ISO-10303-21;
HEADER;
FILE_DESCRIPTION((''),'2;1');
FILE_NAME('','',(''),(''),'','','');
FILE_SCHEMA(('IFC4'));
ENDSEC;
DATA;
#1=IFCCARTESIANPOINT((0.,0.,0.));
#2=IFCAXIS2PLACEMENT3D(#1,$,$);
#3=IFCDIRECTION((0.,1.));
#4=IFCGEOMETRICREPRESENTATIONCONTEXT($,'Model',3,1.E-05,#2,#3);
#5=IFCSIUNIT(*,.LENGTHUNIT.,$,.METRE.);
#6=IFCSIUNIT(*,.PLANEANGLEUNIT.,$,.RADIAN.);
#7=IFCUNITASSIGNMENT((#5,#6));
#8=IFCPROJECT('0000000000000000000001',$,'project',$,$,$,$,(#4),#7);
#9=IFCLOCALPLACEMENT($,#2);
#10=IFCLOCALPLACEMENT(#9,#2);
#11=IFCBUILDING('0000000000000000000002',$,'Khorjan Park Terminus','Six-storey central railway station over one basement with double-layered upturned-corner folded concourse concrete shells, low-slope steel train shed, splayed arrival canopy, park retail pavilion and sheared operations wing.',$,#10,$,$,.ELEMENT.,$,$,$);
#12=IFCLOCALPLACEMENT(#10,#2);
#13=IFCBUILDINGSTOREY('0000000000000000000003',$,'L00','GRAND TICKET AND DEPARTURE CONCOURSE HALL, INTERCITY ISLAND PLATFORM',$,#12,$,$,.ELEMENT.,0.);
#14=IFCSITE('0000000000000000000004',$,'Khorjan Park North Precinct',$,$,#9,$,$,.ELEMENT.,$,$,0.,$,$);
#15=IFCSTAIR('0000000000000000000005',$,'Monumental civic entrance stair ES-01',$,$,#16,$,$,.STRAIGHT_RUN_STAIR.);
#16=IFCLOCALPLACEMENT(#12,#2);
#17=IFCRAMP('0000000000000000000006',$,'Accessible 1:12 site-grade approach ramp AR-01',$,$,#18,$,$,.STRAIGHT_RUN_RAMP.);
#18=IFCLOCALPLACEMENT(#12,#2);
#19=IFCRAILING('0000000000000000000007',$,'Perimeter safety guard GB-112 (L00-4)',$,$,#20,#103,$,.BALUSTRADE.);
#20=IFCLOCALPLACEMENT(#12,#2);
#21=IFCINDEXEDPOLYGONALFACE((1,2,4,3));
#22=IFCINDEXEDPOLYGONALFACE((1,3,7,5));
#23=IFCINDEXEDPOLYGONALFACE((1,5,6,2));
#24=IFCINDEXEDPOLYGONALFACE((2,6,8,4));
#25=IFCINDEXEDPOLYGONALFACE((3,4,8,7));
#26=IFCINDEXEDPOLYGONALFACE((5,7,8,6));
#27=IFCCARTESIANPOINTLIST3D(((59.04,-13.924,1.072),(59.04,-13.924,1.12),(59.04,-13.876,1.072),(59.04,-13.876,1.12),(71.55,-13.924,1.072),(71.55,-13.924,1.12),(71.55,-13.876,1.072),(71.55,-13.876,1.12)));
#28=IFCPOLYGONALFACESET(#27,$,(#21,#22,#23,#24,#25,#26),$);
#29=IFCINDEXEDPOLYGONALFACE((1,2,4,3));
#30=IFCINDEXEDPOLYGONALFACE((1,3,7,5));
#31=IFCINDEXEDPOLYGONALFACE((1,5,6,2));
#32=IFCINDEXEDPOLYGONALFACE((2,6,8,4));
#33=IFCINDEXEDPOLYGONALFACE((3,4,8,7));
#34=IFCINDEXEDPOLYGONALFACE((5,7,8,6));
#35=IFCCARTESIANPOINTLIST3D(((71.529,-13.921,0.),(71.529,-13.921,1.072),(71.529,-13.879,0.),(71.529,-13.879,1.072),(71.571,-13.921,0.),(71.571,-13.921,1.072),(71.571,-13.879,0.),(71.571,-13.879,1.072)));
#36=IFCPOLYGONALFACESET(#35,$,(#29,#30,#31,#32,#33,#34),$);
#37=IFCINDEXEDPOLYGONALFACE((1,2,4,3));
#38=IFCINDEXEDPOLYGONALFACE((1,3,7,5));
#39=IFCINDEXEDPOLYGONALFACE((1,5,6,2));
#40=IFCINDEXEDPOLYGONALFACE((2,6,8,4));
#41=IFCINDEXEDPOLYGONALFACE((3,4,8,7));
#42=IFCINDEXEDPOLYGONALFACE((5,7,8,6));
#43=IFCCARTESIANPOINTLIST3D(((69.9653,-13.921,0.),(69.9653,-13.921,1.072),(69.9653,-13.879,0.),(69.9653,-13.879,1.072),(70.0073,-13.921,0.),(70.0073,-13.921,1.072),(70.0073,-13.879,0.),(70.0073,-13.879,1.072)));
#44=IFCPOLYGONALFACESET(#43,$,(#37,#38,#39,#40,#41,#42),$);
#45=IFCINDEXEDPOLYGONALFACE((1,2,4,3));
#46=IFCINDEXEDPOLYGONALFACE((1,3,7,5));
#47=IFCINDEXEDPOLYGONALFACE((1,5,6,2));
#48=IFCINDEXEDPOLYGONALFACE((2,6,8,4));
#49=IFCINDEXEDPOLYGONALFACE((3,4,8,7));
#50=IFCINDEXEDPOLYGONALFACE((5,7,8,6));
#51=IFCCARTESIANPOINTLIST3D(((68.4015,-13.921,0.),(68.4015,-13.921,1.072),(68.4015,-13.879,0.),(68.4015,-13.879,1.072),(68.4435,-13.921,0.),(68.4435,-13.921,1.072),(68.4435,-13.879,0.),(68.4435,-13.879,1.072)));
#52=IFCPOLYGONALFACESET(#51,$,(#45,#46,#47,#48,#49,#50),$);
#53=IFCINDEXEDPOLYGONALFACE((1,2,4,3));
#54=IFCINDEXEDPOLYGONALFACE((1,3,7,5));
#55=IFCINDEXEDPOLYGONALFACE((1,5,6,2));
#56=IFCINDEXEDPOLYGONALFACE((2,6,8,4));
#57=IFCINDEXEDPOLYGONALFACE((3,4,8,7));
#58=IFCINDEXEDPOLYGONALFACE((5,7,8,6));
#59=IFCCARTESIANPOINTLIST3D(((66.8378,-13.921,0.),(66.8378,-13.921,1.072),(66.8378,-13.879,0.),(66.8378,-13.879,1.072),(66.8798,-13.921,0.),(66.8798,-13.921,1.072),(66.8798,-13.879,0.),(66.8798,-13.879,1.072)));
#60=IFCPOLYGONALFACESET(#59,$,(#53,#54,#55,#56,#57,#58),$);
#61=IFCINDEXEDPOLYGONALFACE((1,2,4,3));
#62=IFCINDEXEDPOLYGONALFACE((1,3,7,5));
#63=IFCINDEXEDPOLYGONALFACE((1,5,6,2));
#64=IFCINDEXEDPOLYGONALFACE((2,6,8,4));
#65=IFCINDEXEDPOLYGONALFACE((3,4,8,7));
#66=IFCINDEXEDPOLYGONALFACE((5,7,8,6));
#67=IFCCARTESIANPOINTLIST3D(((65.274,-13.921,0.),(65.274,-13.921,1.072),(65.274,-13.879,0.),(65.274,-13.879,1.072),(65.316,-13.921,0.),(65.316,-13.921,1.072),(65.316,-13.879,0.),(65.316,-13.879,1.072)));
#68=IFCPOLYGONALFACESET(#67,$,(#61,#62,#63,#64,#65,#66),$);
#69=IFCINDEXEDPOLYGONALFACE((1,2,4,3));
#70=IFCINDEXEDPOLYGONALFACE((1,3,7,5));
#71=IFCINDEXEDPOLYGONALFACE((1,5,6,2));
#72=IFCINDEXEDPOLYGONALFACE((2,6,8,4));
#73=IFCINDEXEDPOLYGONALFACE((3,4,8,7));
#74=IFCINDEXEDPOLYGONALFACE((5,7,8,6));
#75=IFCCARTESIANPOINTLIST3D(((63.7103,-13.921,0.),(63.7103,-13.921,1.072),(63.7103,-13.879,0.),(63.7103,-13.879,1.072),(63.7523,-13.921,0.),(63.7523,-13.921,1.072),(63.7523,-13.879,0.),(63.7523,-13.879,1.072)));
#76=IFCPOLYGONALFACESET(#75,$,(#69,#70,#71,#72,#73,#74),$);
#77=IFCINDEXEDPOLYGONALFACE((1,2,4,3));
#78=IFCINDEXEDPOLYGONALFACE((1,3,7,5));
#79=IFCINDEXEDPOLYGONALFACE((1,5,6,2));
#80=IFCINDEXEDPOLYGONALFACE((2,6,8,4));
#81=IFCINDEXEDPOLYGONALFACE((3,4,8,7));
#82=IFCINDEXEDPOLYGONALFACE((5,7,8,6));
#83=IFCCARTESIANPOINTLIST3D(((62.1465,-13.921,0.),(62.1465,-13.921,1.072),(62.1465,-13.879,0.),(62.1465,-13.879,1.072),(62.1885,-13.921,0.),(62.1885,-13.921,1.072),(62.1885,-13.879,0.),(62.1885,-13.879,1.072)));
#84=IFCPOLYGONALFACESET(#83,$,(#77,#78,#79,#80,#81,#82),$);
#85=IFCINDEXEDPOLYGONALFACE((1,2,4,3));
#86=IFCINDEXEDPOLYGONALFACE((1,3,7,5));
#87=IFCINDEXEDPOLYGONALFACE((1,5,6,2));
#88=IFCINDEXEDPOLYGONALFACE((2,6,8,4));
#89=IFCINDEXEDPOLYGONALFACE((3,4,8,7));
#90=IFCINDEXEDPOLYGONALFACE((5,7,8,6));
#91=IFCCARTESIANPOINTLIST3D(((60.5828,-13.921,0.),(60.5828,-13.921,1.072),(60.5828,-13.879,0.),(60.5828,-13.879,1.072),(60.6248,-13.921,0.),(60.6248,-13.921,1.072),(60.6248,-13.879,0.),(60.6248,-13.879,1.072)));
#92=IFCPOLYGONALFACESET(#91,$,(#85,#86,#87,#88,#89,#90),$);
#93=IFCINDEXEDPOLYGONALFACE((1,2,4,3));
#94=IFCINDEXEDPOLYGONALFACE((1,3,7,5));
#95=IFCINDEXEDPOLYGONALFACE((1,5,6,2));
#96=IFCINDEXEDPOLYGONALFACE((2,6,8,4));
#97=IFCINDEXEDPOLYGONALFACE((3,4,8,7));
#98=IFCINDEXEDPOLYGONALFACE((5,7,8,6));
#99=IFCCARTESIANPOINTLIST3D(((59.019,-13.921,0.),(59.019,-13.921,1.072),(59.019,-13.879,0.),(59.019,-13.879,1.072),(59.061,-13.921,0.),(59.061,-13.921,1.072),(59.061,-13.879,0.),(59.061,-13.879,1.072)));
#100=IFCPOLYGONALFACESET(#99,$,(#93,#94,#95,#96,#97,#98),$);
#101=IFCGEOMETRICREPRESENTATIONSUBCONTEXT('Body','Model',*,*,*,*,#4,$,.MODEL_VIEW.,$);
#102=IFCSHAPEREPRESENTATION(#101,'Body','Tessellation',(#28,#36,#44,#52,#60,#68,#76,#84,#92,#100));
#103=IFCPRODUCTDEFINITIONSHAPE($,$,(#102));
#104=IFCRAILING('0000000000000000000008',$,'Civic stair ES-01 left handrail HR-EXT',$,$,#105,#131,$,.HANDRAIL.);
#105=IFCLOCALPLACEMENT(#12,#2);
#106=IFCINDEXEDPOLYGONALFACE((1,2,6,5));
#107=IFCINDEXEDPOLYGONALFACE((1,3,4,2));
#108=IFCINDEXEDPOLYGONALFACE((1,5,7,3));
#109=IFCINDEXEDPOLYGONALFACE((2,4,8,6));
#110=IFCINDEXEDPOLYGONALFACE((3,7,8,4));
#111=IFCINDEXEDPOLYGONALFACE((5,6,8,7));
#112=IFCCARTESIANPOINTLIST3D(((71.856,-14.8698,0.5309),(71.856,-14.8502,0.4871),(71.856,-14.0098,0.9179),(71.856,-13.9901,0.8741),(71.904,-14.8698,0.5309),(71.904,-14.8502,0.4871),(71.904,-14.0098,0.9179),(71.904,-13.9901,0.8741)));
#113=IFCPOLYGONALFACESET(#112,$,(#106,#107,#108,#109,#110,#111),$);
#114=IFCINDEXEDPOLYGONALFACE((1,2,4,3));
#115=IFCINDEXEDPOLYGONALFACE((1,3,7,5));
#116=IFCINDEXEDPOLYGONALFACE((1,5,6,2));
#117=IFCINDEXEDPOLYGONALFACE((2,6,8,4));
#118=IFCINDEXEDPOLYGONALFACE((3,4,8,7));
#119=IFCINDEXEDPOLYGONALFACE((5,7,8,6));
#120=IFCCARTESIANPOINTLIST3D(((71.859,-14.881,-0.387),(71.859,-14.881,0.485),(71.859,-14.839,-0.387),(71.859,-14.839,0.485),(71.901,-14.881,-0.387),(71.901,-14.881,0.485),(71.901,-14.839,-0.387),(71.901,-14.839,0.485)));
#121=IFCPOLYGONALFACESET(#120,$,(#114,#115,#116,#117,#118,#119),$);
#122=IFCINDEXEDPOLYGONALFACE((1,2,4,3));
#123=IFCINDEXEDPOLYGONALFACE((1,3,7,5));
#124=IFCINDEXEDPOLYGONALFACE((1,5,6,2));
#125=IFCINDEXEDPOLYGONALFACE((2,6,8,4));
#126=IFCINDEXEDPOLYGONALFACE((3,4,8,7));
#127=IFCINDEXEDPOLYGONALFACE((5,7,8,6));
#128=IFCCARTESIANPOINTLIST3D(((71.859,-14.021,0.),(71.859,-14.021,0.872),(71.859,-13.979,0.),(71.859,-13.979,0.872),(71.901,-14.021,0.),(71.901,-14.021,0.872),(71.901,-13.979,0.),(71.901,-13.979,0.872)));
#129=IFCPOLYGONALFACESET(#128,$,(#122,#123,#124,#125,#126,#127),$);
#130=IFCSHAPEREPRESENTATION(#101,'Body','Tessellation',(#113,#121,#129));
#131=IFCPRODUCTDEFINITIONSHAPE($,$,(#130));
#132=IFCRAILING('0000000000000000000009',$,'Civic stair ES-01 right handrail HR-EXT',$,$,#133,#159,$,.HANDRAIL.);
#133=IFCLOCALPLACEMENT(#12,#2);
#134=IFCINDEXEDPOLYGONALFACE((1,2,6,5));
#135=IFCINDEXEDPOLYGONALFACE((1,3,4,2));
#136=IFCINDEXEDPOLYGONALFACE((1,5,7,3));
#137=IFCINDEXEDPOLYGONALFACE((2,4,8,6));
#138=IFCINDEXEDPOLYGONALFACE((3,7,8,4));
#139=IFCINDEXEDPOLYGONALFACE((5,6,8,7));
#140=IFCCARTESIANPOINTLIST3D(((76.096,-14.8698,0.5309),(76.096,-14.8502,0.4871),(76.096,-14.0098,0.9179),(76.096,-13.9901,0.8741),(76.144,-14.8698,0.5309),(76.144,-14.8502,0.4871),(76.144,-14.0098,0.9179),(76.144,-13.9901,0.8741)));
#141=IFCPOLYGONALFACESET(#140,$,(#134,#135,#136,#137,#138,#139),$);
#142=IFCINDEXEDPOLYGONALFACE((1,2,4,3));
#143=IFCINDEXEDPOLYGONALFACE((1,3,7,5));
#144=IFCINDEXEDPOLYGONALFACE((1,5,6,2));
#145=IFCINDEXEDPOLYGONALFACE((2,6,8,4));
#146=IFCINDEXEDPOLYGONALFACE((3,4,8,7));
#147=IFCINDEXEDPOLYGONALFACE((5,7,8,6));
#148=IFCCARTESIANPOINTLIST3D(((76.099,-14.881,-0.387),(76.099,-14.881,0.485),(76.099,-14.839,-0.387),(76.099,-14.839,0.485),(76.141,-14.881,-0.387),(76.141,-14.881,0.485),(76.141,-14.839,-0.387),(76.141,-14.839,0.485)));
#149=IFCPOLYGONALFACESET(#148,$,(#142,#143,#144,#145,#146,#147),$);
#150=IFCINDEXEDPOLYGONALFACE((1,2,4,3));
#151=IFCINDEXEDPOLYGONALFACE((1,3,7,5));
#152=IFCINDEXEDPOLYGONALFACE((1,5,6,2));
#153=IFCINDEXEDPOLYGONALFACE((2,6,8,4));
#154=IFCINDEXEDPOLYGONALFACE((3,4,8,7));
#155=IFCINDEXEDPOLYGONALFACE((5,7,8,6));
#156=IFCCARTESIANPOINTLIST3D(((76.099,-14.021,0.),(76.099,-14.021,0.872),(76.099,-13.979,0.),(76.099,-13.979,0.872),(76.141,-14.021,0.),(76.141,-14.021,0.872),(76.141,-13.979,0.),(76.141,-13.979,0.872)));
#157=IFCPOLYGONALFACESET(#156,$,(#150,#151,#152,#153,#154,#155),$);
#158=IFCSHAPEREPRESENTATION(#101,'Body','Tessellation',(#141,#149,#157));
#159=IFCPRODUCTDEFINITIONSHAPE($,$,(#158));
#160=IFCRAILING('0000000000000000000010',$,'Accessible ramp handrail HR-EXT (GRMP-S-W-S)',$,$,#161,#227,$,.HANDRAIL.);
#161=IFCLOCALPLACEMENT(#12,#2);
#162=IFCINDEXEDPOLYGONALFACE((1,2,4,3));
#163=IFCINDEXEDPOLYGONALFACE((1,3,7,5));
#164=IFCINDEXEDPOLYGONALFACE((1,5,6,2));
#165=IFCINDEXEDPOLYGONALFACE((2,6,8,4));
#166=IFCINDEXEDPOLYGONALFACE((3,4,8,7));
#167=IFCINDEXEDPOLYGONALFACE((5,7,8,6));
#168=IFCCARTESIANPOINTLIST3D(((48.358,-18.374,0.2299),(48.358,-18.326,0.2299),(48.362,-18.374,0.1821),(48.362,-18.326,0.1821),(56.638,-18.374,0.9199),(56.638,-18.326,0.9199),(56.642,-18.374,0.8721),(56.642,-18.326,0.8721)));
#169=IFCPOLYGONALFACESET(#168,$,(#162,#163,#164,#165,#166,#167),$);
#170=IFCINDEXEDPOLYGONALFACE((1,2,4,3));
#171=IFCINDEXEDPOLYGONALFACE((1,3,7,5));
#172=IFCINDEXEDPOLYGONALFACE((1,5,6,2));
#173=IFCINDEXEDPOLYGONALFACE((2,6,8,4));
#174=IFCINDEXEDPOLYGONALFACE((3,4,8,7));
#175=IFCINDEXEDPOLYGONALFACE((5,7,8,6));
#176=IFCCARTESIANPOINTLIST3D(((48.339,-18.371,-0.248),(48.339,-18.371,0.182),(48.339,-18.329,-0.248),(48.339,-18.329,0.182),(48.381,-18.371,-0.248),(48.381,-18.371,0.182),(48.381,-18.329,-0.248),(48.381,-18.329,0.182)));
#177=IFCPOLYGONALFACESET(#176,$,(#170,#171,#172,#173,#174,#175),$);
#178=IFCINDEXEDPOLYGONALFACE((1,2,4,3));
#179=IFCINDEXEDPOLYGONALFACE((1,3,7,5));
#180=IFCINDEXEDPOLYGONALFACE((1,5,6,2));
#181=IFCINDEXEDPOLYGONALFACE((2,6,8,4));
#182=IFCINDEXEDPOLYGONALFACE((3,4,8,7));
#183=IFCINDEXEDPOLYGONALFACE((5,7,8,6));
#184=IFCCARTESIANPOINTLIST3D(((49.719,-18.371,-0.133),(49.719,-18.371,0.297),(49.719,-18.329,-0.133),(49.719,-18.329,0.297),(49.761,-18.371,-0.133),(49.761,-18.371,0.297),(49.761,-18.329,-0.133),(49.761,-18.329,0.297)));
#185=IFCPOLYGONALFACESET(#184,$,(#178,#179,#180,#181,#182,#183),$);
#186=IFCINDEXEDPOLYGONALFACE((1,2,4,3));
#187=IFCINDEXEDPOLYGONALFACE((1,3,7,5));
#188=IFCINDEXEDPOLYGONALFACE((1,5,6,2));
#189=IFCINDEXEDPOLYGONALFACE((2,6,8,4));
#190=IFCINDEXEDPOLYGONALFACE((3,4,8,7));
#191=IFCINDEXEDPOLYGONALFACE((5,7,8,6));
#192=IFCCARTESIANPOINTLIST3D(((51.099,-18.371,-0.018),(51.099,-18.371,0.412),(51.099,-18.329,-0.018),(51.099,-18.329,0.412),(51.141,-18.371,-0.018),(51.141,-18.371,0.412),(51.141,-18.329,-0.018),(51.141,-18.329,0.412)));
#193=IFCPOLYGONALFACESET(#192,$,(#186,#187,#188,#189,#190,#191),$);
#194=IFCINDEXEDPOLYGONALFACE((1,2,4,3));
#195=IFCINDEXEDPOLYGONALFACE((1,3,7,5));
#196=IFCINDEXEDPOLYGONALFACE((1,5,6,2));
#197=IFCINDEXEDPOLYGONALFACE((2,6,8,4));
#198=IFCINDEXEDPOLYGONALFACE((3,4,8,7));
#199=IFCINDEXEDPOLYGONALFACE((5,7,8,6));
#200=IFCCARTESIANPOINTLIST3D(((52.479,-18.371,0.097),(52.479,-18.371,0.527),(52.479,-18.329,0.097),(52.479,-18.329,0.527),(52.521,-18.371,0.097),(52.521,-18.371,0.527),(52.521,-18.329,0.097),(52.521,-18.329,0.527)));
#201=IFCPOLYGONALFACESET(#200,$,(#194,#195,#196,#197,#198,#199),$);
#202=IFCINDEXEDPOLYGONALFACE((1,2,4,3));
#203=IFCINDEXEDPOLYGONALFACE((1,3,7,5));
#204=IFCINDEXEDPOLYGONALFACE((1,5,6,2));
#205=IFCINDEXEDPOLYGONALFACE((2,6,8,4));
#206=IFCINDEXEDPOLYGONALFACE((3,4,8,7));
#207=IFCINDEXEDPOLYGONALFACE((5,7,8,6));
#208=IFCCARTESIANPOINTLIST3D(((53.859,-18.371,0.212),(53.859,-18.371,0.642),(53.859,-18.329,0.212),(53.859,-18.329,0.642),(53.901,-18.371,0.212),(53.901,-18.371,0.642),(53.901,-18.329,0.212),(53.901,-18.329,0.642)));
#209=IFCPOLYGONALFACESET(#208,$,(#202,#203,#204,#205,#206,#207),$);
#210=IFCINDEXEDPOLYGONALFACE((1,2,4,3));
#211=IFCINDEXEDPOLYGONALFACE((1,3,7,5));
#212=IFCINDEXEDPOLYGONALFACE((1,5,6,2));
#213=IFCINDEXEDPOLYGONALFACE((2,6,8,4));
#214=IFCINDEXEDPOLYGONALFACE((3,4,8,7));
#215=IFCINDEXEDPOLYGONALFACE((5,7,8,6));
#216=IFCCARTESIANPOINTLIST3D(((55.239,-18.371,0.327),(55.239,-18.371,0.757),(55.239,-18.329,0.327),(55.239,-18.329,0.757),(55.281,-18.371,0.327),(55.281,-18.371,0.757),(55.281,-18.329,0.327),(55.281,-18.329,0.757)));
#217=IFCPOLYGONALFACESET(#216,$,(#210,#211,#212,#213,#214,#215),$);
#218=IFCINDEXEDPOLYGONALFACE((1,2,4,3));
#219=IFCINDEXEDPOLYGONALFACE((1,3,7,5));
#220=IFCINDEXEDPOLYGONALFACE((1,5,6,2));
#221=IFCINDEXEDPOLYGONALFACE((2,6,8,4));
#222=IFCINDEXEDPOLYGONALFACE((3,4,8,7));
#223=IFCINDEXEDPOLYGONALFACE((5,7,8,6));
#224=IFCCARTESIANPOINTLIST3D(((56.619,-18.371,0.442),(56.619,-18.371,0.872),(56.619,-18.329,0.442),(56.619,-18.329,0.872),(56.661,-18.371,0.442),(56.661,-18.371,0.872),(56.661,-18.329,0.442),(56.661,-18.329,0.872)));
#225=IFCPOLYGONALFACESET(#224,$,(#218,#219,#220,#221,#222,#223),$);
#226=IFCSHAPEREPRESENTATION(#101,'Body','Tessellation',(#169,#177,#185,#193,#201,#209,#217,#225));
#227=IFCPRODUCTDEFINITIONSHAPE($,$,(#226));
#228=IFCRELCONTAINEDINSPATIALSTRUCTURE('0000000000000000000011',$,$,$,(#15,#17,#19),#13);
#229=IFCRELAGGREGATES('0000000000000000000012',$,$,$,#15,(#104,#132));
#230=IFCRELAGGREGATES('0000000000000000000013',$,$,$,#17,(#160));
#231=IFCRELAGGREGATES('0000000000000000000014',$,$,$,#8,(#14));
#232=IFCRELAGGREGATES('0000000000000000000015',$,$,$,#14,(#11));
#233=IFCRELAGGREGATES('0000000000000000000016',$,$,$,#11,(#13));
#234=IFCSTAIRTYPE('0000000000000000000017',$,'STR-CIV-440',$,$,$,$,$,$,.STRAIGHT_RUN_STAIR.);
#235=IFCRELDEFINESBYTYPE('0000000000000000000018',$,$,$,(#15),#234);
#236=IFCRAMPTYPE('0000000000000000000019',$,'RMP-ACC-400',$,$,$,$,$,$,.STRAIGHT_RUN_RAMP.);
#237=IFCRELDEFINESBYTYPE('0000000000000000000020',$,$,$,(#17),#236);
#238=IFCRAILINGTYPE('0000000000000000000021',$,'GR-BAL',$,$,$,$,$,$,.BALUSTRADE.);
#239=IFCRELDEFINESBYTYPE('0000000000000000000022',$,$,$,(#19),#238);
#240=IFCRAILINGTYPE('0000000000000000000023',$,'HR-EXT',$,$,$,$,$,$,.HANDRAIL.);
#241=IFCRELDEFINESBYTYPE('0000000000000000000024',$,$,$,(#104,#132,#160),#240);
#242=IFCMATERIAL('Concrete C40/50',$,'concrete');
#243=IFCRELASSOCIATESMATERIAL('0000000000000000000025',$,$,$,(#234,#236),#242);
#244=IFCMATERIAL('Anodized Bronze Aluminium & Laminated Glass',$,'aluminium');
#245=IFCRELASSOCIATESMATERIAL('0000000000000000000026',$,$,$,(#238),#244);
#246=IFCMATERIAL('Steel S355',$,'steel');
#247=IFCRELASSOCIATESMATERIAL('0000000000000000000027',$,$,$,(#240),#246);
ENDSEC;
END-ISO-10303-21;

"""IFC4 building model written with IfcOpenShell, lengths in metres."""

from ifc_helpers import new_model, si_unit, direction, frame, origin, origin_2d, place, context, subcontext, project, spatial, rectangle, extrude, material, type_object, element, aggregate, save


model = new_model("IFC4")

# Units and contexts
model_context = context("Model", 3, precision=1e-05, world=origin(), true_north=direction((0.0, 1.0)))
body_context = subcontext(model_context, "Body", "Model", "MODEL_VIEW")
ifc_project = project(units=[si_unit("LENGTHUNIT", "METRE"), si_unit("PLANEANGLEUNIT", "RADIAN")], contexts=[model_context])

# Site, building, storey
site_placement = place(None, origin())
site = spatial("IfcSite", under=ifc_project, at=site_placement, Name="Khorjan Park North Precinct", CompositionType="ELEMENT", RefElevation=0.0)
building_placement = place(site_placement, origin())
building = spatial("IfcBuilding", under=site, at=building_placement, Name="Khorjan Park Terminus", Description="Six-storey central railway station over one basement with double-layered upturned-corner folded concourse concrete shells, low-slope steel train shed, splayed arrival canopy, park retail pavilion and sheared operations wing.", CompositionType="ELEMENT")
storey_placement = place(building_placement, origin())
storey = spatial("IfcBuildingStorey", under=building, at=storey_placement, Name="L00", Description="GRAND TICKET AND DEPARTURE CONCOURSE HALL, INTERCITY ISLAND PLATFORM", CompositionType="ELEMENT", Elevation=0.0)

# Shared definitions
ifc_material_1 = material(Name="Steel S355", Category="steel")

# Shared definitions
ifc_material_2 = material(Name="Concrete C40/50", Category="concrete")

# Stair
stair_type = type_object("IfcStairType", Name="STR-CIV-440", PredefinedType="STRAIGHT_RUN_STAIR", material=ifc_material_2)
stair_placement = place(storey_placement, origin())
stair = element("IfcStair", 1, at=stair_placement, inside=storey, type_object=stair_type, Name="Monumental civic entrance stair ES-01", PredefinedType="STRAIGHT_RUN_STAIR")

# Ramp
ramp_type_1 = type_object("IfcRampType", Name="RMP-ACC-400", PredefinedType="STRAIGHT_RUN_RAMP", material=ifc_material_2)
ramp_1_placement = place(storey_placement, origin())
ramp_1 = element("IfcRamp", 2, at=ramp_1_placement, inside=storey, type_object=ramp_type_1, Name="Accessible 1:12 site-grade approach ramp AR-01", PredefinedType="STRAIGHT_RUN_RAMP")

# Railing
ifc_material_3 = material(Name="Anodized Bronze Aluminium & Laminated Glass", Category="aluminium")
railing_type_1 = type_object("IfcRailingType", Name="GR-BAL", PredefinedType="BALUSTRADE", material=ifc_material_3)
railing_1_placement = place(storey_placement, frame((71.55, -13.9, 0.0)))
element("IfcRailing", 3, at=railing_1_placement, inside=storey, type_object=railing_type_1, Name="Perimeter safety guard GB-112 (L00-4)", PredefinedType="BALUSTRADE", context=body_context, shape_type="SweptSolid", body=[
    extrude(rectangle(XDim=0.048, YDim=0.048, at=origin_2d()), frame((0.0, 0.0, 1.096), z_axis=(-1.0, 0.0, 0.0), x_axis=(0.0, -1.0, 0.0)), (0.0, 0.0, 1.0), 12.51),
    extrude(rectangle(XDim=0.042, YDim=0.042, at=origin_2d()), origin(), (0.0, 0.0, 1.0), 1.072),
    extrude(rectangle(XDim=0.042, YDim=0.042, at=origin_2d()), frame((-1.5637, 0.0, 0.0)), (0.0, 0.0, 1.0), 1.072),
    extrude(rectangle(XDim=0.042, YDim=0.042, at=origin_2d()), frame((-3.1275, 0.0, 0.0)), (0.0, 0.0, 1.0), 1.072),
    extrude(rectangle(XDim=0.042, YDim=0.042, at=origin_2d()), frame((-4.6912, 0.0, 0.0)), (0.0, 0.0, 1.0), 1.072),
    extrude(rectangle(XDim=0.042, YDim=0.042, at=origin_2d()), frame((-6.255, 0.0, 0.0)), (0.0, 0.0, 1.0), 1.072),
    extrude(rectangle(XDim=0.042, YDim=0.042, at=origin_2d()), frame((-7.8187, 0.0, 0.0)), (0.0, 0.0, 1.0), 1.072),
    extrude(rectangle(XDim=0.042, YDim=0.042, at=origin_2d()), frame((-9.3825, 0.0, 0.0)), (0.0, 0.0, 1.0), 1.072),
    extrude(rectangle(XDim=0.042, YDim=0.042, at=origin_2d()), frame((-10.9462, 0.0, 0.0)), (0.0, 0.0, 1.0), 1.072),
    extrude(rectangle(XDim=0.042, YDim=0.042, at=origin_2d()), frame((-12.51, 0.0, 0.0)), (0.0, 0.0, 1.0), 1.072),
])

# Railings
railing_type_2 = type_object("IfcRailingType", Name="HR-EXT", PredefinedType="HANDRAIL", material=ifc_material_1)
railing_2_placement = place(storey_placement, frame((71.88, -14.86, -0.387)))
railing_2 = element("IfcRailing", 4, at=railing_2_placement, type_object=railing_type_2, Name="Civic stair ES-01 left handrail HR-EXT", PredefinedType="HANDRAIL", context=body_context, shape_type="SweptSolid", body=[
    extrude(rectangle(XDim=0.048, YDim=0.048, at=origin_2d()), frame((0.0, 0.0, 0.896), z_axis=(0.0, 0.911922, 0.410365), x_axis=(-1.0, 0.0, 0.0)), (0.0, 0.0, 1.0), 0.9431),
    extrude(rectangle(XDim=0.042, YDim=0.042, at=origin_2d()), origin(), (0.0, 0.0, 1.0), 0.872),
    extrude(rectangle(XDim=0.042, YDim=0.042, at=origin_2d()), frame((0.0, 0.86, 0.387)), (0.0, 0.0, 1.0), 0.872),
])
railing_3_placement = place(storey_placement, frame((76.12, -14.86, -0.387)))
railing_3 = element("IfcRailing", 5, at=railing_3_placement, type_object=railing_type_2, Name="Civic stair ES-01 right handrail HR-EXT", PredefinedType="HANDRAIL", context=body_context, shape_type="SweptSolid", body=[
    extrude(rectangle(XDim=0.048, YDim=0.048, at=origin_2d()), frame((0.0, 0.0, 0.896), z_axis=(0.0, 0.911922, 0.410365), x_axis=(-1.0, 0.0, 0.0)), (0.0, 0.0, 1.0), 0.9431),
    extrude(rectangle(XDim=0.042, YDim=0.042, at=origin_2d()), origin(), (0.0, 0.0, 1.0), 0.872),
    extrude(rectangle(XDim=0.042, YDim=0.042, at=origin_2d()), frame((0.0, 0.86, 0.387)), (0.0, 0.0, 1.0), 0.872),
])
aggregate(stair, [railing_2, railing_3])
railing_4_placement = place(storey_placement, frame((48.36, -18.35, -0.69)))
railing_4 = element("IfcRailing", 6, at=railing_4_placement, type_object=railing_type_2, Name="Accessible ramp handrail HR-EXT (GRMP-S-W-S)", PredefinedType="HANDRAIL", context=body_context, shape_type="SweptSolid", body=[
    extrude(rectangle(XDim=0.048, YDim=0.048, at=origin_2d()), frame((0.0, 0.0, 0.896), z_axis=(0.996546, 0.0, 0.083045), x_axis=(0.0, 1.0, 0.0)), (0.0, 0.0, 1.0), 8.3087),
    extrude(rectangle(XDim=0.042, YDim=0.042, at=origin_2d()), frame((0.0, 0.0, 0.442)), (0.0, 0.0, 1.0), 0.43),
    extrude(rectangle(XDim=0.042, YDim=0.042, at=origin_2d()), frame((1.38, 0.0, 0.557)), (0.0, 0.0, 1.0), 0.43),
    extrude(rectangle(XDim=0.042, YDim=0.042, at=origin_2d()), frame((2.76, 0.0, 0.672)), (0.0, 0.0, 1.0), 0.43),
    extrude(rectangle(XDim=0.042, YDim=0.042, at=origin_2d()), frame((4.14, 0.0, 0.787)), (0.0, 0.0, 1.0), 0.43),
    extrude(rectangle(XDim=0.042, YDim=0.042, at=origin_2d()), frame((5.52, 0.0, 0.902)), (0.0, 0.0, 1.0), 0.43),
    extrude(rectangle(XDim=0.042, YDim=0.042, at=origin_2d()), frame((6.9, 0.0, 1.017)), (0.0, 0.0, 1.0), 0.43),
    extrude(rectangle(XDim=0.042, YDim=0.042, at=origin_2d()), frame((8.28, 0.0, 1.132)), (0.0, 0.0, 1.0), 0.43),
])
aggregate(ramp_1, [railing_4])

save(model, "model.ifc")
